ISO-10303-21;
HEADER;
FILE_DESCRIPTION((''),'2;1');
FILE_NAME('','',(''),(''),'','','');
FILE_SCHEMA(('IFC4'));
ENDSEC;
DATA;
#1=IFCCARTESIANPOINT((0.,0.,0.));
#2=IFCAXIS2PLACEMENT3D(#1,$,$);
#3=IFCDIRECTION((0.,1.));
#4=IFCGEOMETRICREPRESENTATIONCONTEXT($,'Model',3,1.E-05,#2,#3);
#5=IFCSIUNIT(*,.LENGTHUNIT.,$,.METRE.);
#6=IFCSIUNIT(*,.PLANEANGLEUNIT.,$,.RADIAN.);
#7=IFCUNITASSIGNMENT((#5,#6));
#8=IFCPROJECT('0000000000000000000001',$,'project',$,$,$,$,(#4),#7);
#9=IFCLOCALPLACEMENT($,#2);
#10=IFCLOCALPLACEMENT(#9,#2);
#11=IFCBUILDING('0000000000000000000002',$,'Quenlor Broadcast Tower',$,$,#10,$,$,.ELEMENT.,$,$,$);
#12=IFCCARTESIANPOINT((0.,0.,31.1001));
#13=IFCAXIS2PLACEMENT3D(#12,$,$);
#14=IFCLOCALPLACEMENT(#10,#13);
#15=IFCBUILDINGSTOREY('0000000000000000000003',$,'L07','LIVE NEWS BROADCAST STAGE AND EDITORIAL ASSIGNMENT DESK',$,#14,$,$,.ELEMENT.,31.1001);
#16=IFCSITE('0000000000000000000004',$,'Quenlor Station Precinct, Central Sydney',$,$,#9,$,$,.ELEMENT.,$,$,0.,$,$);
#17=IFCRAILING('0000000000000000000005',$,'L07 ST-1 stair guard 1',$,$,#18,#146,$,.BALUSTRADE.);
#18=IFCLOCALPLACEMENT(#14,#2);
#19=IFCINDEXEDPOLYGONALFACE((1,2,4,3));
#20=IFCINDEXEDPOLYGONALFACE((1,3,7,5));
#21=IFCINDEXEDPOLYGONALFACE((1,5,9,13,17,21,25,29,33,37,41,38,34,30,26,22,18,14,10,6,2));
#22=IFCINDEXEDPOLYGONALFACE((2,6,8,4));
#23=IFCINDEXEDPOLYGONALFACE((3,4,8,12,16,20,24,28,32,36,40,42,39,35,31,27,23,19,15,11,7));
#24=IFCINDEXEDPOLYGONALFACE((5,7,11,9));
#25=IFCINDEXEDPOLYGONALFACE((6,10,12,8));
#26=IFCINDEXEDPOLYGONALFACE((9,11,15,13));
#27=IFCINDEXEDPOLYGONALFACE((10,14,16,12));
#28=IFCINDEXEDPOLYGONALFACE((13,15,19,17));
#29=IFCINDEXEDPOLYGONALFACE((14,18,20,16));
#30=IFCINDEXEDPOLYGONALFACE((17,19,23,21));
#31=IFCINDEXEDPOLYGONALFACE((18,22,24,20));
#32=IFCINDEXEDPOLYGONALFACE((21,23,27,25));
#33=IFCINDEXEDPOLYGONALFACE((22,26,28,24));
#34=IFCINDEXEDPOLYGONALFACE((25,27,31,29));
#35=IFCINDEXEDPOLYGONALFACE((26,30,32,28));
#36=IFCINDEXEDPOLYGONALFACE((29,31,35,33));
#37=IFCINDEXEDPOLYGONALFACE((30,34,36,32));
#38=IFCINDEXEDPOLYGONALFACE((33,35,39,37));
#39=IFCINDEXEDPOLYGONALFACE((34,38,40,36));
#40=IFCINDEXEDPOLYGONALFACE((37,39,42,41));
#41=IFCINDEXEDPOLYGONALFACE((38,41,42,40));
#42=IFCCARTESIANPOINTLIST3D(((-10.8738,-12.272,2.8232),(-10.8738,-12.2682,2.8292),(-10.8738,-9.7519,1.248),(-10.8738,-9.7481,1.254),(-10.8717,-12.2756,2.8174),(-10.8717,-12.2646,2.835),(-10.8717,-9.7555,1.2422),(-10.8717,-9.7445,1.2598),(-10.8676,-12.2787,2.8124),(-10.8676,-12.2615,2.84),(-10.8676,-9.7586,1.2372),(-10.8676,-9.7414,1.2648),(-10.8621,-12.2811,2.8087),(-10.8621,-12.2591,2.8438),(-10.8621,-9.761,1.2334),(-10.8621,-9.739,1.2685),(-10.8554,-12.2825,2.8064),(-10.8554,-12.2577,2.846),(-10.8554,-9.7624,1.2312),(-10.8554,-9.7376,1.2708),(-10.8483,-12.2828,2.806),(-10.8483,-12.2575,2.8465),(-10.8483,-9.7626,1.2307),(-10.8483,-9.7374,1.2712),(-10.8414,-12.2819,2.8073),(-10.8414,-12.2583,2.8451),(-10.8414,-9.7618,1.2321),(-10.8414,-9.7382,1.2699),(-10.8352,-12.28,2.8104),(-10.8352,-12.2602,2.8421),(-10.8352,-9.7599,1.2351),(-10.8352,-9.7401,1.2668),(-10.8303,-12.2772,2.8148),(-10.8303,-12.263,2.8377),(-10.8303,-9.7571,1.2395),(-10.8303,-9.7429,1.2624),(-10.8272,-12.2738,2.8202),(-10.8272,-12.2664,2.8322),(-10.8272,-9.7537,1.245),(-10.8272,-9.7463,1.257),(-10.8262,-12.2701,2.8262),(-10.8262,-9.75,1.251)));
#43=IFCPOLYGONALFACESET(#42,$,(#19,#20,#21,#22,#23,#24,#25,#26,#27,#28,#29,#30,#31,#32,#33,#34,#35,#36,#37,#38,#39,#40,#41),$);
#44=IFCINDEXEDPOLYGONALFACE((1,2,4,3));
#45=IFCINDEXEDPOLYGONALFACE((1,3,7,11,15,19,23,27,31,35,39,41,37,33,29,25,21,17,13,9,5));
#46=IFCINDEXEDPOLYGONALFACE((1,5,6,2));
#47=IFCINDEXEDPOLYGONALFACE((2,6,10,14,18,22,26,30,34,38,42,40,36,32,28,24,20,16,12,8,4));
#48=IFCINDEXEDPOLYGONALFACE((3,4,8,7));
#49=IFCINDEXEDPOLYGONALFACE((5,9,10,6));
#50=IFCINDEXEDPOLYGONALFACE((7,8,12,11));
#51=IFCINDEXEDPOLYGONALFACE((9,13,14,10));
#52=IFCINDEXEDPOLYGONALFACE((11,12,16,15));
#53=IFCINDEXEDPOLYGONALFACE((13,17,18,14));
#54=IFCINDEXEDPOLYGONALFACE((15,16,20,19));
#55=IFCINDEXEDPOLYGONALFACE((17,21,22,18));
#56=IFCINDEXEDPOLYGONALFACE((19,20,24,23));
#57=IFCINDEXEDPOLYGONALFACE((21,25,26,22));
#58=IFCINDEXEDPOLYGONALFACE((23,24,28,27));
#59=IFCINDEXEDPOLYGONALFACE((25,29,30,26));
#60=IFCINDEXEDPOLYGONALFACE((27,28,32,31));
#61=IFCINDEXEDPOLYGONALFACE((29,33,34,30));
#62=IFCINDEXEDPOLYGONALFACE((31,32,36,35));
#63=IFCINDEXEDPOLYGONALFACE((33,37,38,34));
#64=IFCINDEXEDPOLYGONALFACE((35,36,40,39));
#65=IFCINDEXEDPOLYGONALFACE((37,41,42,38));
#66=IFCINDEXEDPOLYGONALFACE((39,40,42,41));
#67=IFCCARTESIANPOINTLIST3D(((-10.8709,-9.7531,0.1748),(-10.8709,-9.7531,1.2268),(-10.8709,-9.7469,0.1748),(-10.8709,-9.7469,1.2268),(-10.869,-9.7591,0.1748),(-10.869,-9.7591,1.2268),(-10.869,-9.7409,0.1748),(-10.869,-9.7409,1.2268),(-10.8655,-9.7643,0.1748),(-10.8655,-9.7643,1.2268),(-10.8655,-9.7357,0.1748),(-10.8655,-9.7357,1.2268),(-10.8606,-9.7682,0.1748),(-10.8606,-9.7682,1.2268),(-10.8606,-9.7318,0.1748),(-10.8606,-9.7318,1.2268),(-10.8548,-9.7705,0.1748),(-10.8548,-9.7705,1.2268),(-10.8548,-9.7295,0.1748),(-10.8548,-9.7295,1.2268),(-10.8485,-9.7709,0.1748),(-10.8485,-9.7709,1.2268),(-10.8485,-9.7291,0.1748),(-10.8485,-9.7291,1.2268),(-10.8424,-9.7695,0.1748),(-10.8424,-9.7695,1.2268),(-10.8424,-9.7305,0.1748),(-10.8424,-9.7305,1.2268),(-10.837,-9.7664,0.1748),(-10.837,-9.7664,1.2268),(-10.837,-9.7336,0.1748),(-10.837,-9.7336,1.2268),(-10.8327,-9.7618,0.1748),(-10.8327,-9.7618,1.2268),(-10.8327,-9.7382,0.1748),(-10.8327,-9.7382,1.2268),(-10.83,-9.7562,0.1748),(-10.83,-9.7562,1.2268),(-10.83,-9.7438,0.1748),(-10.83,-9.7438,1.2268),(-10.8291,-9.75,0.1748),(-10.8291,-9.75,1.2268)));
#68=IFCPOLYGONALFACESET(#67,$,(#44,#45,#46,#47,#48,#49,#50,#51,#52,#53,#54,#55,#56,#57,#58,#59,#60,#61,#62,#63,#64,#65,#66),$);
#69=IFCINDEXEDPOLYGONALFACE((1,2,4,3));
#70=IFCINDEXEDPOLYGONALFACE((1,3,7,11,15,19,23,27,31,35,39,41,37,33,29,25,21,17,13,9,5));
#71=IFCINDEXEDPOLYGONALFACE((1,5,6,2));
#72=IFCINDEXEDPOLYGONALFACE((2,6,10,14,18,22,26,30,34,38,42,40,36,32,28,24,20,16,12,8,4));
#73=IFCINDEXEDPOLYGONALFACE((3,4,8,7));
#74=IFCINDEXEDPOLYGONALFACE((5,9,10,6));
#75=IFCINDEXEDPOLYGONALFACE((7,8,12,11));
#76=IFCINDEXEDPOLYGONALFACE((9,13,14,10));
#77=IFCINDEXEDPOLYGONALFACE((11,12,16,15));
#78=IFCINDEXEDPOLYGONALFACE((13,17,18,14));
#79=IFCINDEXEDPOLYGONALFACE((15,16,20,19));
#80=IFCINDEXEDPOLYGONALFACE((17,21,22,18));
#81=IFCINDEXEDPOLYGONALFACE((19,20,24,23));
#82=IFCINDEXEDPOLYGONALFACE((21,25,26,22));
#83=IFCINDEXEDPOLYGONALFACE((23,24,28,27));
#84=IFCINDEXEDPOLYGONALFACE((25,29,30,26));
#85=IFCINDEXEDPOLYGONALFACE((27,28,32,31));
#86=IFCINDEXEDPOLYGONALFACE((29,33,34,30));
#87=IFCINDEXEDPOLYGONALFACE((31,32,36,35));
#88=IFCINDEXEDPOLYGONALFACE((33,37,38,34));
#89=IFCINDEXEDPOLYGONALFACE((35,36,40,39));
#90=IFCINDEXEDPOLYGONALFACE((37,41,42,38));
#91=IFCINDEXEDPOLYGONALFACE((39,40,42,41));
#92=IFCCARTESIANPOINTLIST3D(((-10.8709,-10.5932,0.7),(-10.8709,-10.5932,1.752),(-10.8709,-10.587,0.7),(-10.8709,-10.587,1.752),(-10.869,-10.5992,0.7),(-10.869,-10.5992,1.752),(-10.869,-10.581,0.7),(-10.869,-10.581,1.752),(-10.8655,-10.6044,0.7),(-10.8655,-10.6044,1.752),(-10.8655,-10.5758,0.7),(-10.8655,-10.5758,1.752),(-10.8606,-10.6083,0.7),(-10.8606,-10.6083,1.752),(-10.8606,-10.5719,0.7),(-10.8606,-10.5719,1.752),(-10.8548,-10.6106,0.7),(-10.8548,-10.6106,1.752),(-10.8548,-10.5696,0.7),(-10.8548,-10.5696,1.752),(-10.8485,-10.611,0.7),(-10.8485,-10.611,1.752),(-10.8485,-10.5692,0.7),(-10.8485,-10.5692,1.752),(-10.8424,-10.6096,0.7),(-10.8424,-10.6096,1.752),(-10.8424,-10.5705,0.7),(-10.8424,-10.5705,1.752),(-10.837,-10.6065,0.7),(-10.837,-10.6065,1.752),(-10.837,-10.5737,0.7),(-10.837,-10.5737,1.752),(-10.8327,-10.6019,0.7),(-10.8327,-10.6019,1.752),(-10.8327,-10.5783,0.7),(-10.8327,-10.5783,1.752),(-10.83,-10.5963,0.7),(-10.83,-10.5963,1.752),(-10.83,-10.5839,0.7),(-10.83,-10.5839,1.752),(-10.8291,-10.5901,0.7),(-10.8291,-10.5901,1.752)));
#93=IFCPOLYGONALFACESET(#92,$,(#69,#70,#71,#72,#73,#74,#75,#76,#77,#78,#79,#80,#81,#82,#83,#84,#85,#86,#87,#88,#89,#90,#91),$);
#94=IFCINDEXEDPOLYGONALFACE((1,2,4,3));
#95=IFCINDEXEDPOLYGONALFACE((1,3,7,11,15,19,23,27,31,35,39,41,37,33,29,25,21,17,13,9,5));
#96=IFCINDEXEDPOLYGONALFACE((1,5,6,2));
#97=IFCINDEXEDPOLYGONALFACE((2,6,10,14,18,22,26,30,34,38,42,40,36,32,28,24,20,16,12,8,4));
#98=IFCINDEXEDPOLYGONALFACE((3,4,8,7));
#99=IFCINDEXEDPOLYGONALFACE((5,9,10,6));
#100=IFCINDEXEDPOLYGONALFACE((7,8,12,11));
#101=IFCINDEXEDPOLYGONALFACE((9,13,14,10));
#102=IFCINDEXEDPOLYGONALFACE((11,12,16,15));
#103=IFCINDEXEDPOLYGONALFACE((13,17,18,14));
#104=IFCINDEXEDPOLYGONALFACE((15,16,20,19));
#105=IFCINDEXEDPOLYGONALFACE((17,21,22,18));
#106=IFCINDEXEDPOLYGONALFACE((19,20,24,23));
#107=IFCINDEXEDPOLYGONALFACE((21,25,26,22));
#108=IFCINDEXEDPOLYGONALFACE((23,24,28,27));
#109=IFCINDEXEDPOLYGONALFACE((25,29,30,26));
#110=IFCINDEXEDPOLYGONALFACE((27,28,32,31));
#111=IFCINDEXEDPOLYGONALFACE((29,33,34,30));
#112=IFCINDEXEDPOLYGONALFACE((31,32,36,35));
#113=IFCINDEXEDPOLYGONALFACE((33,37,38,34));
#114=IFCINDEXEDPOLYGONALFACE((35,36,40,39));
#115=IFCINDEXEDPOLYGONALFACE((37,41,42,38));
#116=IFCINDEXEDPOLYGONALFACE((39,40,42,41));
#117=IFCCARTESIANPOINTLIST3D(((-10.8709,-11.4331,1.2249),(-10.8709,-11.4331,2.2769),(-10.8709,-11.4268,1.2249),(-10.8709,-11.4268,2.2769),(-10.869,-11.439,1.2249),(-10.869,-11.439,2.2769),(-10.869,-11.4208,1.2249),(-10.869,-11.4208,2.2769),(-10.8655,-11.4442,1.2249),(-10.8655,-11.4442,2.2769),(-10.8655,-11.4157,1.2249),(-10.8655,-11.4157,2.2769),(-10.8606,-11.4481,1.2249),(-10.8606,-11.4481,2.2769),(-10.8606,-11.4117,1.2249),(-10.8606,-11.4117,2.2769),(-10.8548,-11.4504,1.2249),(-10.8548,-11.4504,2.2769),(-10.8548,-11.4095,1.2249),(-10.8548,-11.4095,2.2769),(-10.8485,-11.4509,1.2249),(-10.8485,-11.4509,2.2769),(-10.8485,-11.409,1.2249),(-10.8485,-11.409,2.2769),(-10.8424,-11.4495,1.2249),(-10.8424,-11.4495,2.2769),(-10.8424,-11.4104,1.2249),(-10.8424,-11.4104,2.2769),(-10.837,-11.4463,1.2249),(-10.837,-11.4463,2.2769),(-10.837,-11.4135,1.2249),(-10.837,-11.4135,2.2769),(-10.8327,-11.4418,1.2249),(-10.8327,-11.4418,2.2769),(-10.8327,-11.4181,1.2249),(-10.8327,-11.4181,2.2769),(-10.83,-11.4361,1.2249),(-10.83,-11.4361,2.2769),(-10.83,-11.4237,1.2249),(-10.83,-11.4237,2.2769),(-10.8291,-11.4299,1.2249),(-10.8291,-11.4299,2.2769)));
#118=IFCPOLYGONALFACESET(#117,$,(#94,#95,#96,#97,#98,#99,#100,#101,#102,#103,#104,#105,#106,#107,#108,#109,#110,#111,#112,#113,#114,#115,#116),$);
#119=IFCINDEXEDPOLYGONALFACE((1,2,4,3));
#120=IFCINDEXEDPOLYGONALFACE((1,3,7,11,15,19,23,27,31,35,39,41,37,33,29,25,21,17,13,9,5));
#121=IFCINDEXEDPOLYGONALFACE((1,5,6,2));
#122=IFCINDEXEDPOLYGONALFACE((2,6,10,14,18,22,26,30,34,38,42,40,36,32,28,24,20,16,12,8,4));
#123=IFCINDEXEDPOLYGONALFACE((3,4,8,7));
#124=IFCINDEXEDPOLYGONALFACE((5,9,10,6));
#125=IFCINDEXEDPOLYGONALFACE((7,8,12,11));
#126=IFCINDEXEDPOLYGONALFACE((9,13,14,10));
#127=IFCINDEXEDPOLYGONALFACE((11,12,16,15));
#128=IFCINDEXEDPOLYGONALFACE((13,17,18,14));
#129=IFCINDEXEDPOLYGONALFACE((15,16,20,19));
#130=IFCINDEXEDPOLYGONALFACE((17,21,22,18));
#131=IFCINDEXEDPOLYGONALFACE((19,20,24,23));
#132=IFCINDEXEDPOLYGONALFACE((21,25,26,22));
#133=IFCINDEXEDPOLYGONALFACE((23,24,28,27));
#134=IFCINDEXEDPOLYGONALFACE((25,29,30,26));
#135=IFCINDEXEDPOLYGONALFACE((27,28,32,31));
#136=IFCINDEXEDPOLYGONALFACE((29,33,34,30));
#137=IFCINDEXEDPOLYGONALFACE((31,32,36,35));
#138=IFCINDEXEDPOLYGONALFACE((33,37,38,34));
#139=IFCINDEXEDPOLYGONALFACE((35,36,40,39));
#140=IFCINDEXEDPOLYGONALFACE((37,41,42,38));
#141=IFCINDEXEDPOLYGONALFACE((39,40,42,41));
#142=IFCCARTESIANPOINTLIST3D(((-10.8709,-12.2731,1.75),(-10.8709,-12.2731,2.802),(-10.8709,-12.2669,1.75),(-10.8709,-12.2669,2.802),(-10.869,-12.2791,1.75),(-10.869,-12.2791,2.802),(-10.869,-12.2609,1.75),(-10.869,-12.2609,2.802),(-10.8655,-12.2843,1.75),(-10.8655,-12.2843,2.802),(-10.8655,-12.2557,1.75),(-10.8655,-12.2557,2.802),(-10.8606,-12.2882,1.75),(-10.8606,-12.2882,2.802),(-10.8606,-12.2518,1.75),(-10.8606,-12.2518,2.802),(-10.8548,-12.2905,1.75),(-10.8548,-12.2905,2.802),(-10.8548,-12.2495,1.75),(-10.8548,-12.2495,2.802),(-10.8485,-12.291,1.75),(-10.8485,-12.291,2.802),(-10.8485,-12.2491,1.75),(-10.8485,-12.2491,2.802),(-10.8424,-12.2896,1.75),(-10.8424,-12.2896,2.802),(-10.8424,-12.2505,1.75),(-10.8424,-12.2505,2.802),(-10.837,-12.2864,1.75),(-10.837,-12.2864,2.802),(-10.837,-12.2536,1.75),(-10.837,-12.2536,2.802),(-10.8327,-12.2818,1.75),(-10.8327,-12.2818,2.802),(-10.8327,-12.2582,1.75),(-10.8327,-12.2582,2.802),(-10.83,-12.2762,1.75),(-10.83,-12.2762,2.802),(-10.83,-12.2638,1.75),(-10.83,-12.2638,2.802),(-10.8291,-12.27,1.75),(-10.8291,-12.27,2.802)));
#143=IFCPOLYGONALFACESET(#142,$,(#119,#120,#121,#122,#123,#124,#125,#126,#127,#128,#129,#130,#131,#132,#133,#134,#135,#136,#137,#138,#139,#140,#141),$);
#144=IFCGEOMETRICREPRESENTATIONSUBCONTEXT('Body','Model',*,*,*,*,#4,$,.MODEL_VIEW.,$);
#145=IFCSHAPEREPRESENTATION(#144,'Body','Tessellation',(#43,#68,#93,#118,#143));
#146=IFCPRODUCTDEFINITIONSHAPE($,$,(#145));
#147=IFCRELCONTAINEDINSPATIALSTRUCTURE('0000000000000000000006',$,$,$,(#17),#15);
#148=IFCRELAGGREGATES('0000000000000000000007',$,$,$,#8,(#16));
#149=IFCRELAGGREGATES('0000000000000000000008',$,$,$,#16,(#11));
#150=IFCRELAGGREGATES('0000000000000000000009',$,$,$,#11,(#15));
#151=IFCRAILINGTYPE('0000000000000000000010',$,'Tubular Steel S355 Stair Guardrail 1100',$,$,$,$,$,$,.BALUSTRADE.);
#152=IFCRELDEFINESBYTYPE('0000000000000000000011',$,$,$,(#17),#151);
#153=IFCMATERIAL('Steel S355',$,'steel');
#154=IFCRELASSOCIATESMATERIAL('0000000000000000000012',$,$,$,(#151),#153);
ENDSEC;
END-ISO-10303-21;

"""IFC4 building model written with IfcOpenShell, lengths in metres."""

from ifc_helpers import new_model, si_unit, direction, frame, origin, origin_2d, place, context, subcontext, project, spatial, circle, extrude, material, type_object, element, save


model = new_model("IFC4")

# Units and contexts
model_context = context("Model", 3, precision=1e-05, world=origin(), true_north=direction((0.0, 1.0)))
body_context = subcontext(model_context, "Body", "Model", "MODEL_VIEW")
ifc_project = project(units=[si_unit("LENGTHUNIT", "METRE"), si_unit("PLANEANGLEUNIT", "RADIAN")], contexts=[model_context])

# Site, building, storey
site_placement = place(None, origin())
site = spatial("IfcSite", under=ifc_project, at=site_placement, Name="Quenlor Station Precinct, Central Sydney", CompositionType="ELEMENT", RefElevation=0.0)
building_placement = place(site_placement, origin())
building = spatial("IfcBuilding", under=site, at=building_placement, Name="Quenlor Broadcast Tower", CompositionType="ELEMENT")
storey_placement = place(building_placement, frame((0.0, 0.0, 31.1001)))
storey = spatial("IfcBuildingStorey", under=building, at=storey_placement, Name="L07", Description="LIVE NEWS BROADCAST STAGE AND EDITORIAL ASSIGNMENT DESK", CompositionType="ELEMENT", Elevation=31.1001)

# Railing
ifc_material_1 = material(Name="Steel S355", Category="steel")
railing_type_1 = type_object("IfcRailingType", Name="Tubular Steel S355 Stair Guardrail 1100", PredefinedType="BALUSTRADE", material=ifc_material_1)
railing_1_placement = place(storey_placement, frame((-10.8501, -9.75, 0.1748)))
element("IfcRailing", 1, at=railing_1_placement, inside=storey, type_object=railing_type_1, Name="L07 ST-1 stair guard 1", PredefinedType="BALUSTRADE", context=body_context, shape_type="SweptSolid", body=[
    extrude(circle(Radius=0.0239, at=origin_2d()), frame((0.0, 0.0, 1.0762), z_axis=(0.0, -0.847971, 0.530043), x_axis=(1.0, 0.0, 0.0)), (0.0, 0.0, 1.0), 2.9719),
    extrude(circle(Radius=0.021, at=origin_2d()), origin(), (0.0, 0.0, 1.0), 1.052),
    extrude(circle(Radius=0.021, at=origin_2d()), frame((0.0, -0.8401, 0.5251)), (0.0, 0.0, 1.0), 1.052),
    extrude(circle(Radius=0.021, at=origin_2d()), frame((0.0, -1.6799, 1.05)), (0.0, 0.0, 1.0), 1.052),
    extrude(circle(Radius=0.021, at=origin_2d()), frame((0.0, -2.52, 1.5752)), (0.0, 0.0, 1.0), 1.052),
])

save(model, "model.ifc")
